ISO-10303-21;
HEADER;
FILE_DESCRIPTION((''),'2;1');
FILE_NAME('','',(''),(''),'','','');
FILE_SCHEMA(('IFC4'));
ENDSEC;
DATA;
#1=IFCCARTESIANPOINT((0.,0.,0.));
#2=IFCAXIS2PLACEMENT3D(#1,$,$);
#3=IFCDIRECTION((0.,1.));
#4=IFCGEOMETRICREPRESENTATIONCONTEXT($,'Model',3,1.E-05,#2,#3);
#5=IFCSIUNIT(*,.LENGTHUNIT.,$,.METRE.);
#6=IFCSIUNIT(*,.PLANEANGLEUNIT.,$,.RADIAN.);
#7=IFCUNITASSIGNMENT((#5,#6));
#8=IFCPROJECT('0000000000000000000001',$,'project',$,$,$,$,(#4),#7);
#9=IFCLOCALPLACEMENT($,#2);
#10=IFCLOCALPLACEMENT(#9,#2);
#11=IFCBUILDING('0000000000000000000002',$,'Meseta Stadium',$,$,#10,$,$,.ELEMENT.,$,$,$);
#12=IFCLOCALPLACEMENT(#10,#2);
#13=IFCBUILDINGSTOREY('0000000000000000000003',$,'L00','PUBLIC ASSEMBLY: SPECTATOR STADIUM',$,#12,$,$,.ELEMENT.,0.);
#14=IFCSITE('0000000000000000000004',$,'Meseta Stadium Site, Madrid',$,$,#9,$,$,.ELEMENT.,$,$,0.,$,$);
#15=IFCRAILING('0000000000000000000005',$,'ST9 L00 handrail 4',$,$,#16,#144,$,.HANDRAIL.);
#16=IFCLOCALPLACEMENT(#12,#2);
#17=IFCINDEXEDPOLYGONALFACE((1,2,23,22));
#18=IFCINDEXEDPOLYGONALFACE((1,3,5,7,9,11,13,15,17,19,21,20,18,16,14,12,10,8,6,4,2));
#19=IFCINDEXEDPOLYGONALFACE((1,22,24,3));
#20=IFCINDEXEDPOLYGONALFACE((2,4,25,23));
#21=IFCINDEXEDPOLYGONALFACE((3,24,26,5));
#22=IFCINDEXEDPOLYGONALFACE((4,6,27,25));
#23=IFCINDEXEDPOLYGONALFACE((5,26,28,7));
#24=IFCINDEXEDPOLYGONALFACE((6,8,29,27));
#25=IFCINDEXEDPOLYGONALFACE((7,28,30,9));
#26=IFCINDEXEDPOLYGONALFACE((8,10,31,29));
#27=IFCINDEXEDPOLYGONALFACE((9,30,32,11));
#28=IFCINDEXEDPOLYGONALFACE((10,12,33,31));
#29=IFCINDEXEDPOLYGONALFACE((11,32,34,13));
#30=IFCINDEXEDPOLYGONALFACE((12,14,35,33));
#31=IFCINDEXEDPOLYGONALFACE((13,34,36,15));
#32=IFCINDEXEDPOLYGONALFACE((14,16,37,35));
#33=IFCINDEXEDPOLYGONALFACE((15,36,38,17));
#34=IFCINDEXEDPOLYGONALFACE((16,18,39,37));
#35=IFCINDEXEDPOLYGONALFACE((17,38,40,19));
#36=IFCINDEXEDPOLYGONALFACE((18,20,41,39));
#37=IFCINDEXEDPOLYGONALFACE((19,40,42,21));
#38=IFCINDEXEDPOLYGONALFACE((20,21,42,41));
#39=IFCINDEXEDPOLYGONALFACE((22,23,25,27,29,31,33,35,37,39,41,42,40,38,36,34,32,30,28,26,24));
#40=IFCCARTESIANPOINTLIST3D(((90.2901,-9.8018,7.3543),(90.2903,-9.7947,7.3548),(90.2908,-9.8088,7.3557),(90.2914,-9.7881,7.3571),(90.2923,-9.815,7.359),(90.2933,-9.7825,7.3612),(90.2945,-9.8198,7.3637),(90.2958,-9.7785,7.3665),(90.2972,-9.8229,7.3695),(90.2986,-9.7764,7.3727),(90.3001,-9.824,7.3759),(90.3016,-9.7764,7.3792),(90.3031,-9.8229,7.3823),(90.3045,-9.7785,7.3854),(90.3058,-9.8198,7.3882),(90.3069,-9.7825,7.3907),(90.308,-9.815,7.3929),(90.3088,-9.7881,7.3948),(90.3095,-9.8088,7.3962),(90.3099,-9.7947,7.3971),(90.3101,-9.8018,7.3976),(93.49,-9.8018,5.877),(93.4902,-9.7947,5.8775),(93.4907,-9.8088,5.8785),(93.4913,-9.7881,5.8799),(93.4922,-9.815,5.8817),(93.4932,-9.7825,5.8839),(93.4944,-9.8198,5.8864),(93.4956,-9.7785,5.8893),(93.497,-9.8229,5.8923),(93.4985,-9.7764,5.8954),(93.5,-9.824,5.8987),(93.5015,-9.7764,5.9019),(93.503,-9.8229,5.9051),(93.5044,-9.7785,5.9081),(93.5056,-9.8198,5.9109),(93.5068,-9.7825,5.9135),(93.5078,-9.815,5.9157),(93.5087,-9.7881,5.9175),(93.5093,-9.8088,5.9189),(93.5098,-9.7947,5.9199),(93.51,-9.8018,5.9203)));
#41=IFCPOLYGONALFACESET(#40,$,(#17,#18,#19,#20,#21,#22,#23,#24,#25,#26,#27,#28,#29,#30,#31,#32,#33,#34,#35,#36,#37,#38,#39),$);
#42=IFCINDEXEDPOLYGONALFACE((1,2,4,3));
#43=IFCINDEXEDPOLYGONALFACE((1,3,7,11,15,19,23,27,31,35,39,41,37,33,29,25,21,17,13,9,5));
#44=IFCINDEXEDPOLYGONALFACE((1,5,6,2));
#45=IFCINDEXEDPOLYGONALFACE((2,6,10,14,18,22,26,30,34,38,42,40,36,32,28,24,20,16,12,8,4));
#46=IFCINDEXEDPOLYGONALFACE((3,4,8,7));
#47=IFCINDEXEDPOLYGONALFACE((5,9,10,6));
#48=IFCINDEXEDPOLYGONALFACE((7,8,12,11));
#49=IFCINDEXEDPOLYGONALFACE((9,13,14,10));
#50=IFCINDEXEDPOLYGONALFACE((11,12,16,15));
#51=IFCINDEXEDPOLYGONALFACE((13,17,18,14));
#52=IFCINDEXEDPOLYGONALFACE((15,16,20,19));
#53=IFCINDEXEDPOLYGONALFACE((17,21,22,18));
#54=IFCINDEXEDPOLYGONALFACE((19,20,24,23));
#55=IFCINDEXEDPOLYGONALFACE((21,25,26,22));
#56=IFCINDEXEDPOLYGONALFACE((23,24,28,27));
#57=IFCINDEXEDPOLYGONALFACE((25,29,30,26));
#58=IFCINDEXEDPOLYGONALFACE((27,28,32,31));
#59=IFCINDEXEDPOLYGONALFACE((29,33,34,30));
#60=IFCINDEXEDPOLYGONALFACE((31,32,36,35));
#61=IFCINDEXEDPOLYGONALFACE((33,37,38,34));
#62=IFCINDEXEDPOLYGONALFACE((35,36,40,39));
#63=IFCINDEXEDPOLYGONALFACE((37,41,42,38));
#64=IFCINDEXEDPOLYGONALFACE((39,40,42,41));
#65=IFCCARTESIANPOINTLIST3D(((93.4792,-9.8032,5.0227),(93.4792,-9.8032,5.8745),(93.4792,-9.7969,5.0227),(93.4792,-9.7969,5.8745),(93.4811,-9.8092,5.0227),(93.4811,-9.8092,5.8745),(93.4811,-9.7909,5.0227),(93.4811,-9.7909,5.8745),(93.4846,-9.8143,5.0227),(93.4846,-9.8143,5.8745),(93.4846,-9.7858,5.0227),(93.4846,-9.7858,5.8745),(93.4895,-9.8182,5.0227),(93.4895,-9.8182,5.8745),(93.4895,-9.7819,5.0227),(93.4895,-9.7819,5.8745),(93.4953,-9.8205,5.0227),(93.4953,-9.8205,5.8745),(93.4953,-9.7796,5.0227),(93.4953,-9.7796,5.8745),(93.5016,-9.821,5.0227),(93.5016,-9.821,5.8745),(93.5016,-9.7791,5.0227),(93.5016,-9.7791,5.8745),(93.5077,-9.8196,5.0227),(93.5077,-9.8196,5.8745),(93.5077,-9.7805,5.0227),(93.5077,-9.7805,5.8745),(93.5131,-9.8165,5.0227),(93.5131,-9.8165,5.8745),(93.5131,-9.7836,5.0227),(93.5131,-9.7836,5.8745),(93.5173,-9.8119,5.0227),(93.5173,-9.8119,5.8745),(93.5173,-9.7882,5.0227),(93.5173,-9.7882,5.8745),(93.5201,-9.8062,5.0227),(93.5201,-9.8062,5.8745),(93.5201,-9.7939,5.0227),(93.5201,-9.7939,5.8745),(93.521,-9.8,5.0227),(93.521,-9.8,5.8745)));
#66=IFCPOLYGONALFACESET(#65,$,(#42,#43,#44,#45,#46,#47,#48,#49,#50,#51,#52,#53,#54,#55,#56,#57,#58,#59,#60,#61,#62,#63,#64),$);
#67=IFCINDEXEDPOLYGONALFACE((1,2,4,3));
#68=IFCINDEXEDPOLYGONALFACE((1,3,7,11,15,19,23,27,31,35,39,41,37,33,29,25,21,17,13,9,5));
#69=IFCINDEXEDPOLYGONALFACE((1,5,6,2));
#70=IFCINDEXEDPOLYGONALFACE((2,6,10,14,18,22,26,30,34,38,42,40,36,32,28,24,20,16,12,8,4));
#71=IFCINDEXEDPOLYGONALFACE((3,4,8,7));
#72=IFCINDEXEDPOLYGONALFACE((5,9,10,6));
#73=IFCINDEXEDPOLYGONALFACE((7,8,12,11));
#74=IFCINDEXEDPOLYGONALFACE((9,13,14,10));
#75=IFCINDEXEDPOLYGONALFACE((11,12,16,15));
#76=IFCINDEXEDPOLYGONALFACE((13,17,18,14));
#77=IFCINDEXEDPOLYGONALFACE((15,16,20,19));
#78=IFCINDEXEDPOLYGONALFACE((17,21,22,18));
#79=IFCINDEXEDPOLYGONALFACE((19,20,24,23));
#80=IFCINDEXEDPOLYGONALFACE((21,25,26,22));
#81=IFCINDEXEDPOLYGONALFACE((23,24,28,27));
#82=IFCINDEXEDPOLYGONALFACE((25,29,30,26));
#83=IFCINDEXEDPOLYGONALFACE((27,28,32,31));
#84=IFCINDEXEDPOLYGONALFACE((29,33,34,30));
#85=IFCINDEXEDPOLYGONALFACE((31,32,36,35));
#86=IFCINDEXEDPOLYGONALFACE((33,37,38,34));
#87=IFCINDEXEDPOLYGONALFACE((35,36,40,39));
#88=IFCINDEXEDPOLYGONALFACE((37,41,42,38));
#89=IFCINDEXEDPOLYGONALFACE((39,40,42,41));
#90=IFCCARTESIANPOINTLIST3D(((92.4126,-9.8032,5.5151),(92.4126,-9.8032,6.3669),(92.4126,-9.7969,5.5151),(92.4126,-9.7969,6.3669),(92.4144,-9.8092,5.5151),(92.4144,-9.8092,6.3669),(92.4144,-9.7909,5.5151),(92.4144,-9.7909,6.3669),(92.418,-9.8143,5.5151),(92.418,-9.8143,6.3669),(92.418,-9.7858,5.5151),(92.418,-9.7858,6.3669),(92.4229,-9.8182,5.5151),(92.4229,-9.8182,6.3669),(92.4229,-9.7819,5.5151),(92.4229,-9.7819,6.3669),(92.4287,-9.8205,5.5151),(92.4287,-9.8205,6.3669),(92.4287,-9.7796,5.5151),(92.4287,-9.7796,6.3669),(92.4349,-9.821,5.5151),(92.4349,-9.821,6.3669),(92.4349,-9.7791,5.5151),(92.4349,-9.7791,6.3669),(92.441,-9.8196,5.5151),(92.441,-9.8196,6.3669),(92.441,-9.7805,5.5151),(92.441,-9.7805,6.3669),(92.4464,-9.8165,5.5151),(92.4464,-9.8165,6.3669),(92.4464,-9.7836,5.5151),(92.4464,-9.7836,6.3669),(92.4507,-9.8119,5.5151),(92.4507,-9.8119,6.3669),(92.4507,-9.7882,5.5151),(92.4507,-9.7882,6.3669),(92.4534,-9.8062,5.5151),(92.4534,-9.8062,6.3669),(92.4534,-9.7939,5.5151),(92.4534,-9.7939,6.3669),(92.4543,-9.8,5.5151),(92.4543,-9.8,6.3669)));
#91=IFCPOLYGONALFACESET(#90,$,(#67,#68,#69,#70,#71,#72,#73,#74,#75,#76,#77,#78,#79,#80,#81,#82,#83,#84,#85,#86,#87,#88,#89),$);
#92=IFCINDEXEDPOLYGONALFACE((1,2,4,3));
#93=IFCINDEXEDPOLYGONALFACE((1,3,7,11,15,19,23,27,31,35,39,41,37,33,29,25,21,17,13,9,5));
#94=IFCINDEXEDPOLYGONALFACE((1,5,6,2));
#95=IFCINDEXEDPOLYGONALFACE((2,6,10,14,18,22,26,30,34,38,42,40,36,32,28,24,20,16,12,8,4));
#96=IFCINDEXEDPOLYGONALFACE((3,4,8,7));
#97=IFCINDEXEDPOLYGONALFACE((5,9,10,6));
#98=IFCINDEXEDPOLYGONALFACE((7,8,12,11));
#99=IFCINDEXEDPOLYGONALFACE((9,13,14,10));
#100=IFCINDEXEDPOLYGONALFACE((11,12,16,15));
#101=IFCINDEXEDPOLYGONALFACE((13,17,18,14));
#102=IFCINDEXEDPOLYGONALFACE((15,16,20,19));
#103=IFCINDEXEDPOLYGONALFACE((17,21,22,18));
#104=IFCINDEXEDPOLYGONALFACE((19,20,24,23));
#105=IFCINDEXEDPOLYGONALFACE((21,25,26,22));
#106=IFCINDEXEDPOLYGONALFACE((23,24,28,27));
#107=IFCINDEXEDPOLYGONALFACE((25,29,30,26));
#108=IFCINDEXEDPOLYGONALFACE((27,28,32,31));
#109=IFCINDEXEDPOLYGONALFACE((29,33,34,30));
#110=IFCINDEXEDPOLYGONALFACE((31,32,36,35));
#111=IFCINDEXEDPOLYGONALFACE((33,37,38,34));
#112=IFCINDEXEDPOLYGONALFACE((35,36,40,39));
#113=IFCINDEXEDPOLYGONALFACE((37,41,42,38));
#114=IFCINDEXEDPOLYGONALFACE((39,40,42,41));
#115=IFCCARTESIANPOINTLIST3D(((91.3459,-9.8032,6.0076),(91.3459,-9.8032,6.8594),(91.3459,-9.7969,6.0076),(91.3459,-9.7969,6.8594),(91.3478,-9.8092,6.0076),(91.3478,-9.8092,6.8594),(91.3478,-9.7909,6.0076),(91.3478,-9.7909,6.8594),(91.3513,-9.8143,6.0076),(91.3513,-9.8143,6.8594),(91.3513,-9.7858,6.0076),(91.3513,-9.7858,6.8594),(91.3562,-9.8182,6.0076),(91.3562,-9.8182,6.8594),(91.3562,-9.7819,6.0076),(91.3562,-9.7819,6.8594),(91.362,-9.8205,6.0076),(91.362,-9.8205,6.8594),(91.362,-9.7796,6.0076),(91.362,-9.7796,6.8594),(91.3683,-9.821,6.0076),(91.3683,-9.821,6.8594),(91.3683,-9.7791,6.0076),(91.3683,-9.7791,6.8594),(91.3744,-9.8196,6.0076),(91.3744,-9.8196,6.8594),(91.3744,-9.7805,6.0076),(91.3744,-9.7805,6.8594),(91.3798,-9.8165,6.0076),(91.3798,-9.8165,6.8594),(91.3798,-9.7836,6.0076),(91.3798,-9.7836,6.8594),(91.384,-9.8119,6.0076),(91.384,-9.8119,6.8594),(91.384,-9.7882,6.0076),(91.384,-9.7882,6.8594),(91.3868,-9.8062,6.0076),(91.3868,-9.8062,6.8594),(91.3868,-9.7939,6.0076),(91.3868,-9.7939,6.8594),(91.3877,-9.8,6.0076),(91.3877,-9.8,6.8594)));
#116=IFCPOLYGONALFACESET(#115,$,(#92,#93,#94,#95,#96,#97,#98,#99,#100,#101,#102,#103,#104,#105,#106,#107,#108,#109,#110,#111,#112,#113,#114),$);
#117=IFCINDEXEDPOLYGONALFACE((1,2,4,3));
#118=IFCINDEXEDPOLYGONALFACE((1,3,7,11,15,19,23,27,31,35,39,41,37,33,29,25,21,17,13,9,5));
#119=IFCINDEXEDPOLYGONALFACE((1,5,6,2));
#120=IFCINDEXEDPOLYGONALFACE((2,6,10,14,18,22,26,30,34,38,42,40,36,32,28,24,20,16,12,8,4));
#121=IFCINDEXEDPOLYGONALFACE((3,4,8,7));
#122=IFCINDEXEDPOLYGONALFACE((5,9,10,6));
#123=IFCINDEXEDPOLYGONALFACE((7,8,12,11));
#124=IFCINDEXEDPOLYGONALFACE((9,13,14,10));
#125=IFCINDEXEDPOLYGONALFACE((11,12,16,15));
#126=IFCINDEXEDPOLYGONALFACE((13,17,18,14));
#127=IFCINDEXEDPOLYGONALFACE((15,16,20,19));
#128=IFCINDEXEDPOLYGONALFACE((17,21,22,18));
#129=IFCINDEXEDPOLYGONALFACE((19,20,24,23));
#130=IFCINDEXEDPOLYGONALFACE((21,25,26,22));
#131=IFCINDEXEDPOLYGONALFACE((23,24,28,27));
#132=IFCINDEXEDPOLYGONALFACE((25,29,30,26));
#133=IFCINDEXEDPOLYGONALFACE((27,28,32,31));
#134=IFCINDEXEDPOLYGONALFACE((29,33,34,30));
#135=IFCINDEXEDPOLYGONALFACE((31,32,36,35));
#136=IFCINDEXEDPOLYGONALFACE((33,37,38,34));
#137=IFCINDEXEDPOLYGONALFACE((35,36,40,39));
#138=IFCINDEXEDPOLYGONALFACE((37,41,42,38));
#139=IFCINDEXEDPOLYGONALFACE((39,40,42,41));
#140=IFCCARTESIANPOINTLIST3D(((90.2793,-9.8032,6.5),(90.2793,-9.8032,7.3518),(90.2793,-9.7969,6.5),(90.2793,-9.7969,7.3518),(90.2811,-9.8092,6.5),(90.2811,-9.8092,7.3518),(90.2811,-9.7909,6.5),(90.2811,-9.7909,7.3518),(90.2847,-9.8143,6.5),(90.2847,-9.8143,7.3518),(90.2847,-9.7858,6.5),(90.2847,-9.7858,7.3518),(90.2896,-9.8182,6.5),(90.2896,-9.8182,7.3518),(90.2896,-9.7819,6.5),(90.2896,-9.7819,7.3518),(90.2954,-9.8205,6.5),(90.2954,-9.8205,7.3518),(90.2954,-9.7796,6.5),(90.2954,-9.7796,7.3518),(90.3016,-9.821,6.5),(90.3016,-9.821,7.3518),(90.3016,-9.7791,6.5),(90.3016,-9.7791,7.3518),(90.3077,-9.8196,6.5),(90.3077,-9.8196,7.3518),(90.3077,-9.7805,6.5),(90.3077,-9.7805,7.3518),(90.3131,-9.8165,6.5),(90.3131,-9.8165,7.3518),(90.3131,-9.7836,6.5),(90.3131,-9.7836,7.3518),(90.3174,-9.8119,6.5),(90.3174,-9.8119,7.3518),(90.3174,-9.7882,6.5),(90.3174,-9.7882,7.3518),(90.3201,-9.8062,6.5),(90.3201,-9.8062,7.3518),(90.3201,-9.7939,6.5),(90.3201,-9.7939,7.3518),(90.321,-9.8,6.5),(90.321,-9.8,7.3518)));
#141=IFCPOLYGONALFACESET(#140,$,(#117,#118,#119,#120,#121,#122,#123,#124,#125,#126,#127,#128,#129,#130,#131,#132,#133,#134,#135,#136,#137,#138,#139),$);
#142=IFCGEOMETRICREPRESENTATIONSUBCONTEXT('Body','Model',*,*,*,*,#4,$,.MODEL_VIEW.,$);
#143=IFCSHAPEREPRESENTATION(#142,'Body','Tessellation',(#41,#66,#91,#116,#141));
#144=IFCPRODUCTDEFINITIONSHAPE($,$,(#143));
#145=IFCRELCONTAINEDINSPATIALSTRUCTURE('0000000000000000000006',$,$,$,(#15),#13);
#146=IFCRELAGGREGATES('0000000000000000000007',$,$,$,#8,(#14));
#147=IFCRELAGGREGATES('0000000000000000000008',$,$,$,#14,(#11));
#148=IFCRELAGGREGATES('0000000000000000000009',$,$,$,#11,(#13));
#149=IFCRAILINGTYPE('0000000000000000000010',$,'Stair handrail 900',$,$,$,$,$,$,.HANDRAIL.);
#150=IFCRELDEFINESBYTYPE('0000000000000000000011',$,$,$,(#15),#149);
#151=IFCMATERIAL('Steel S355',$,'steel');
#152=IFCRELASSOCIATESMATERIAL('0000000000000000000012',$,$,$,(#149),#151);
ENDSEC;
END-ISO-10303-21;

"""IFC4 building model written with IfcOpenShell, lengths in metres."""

from ifc_helpers import new_model, si_unit, direction, frame, origin, origin_2d, place, context, subcontext, project, spatial, circle, extrude, material, type_object, element, save


model = new_model("IFC4")

# Units and contexts
model_context = context("Model", 3, precision=1e-05, world=origin(), true_north=direction((0.0, 1.0)))
body_context = subcontext(model_context, "Body", "Model", "MODEL_VIEW")
ifc_project = project(units=[si_unit("LENGTHUNIT", "METRE"), si_unit("PLANEANGLEUNIT", "RADIAN")], contexts=[model_context])

# Site, building, storey
site_placement = place(None, origin())
site = spatial("IfcSite", under=ifc_project, at=site_placement, Name="Meseta Stadium Site, Madrid", CompositionType="ELEMENT", RefElevation=0.0)
building_placement = place(site_placement, origin())
building = spatial("IfcBuilding", under=site, at=building_placement, Name="Meseta Stadium", CompositionType="ELEMENT")
storey_placement = place(building_placement, origin())
storey = spatial("IfcBuildingStorey", under=building, at=storey_placement, Name="L00", Description="PUBLIC ASSEMBLY: SPECTATOR STADIUM", CompositionType="ELEMENT", Elevation=0.0)

# Railing
ifc_material_1 = material(Name="Steel S355", Category="steel")
railing_type_1 = type_object("IfcRailingType", Name="Stair handrail 900", PredefinedType="HANDRAIL", material=ifc_material_1)
for number, where, name in (
    (1, (93.5, -9.8, 5.0227), "ST9 L00 handrail 4"),
):
    element("IfcRailing", number, at=place(storey_placement, frame(where)), inside=storey, type_object=railing_type_1, Name=name, PredefinedType="HANDRAIL", context=body_context, shape_type="SweptSolid", body=[
        extrude(circle(Radius=0.0239, at=origin_2d()), frame((0.0, 0.0, 0.876), z_axis=(-0.907917, 0.0, 0.41915), x_axis=(0.0, -1.0, 0.0)), (0.0, 0.0, 1.0), 3.5244),
        extrude(circle(Radius=0.021, at=origin_2d()), origin(), (0.0, 0.0, 1.0), 0.8518),
        extrude(circle(Radius=0.021, at=origin_2d()), frame((-1.0667, 0.0, 0.4924)), (0.0, 0.0, 1.0), 0.8518),
        extrude(circle(Radius=0.021, at=origin_2d()), frame((-2.1333, 0.0, 0.9849)), (0.0, 0.0, 1.0), 0.8518),
        extrude(circle(Radius=0.021, at=origin_2d()), frame((-3.2, 0.0, 1.4773)), (0.0, 0.0, 1.0), 0.8518),
    ])

save(model, "model.ifc")
